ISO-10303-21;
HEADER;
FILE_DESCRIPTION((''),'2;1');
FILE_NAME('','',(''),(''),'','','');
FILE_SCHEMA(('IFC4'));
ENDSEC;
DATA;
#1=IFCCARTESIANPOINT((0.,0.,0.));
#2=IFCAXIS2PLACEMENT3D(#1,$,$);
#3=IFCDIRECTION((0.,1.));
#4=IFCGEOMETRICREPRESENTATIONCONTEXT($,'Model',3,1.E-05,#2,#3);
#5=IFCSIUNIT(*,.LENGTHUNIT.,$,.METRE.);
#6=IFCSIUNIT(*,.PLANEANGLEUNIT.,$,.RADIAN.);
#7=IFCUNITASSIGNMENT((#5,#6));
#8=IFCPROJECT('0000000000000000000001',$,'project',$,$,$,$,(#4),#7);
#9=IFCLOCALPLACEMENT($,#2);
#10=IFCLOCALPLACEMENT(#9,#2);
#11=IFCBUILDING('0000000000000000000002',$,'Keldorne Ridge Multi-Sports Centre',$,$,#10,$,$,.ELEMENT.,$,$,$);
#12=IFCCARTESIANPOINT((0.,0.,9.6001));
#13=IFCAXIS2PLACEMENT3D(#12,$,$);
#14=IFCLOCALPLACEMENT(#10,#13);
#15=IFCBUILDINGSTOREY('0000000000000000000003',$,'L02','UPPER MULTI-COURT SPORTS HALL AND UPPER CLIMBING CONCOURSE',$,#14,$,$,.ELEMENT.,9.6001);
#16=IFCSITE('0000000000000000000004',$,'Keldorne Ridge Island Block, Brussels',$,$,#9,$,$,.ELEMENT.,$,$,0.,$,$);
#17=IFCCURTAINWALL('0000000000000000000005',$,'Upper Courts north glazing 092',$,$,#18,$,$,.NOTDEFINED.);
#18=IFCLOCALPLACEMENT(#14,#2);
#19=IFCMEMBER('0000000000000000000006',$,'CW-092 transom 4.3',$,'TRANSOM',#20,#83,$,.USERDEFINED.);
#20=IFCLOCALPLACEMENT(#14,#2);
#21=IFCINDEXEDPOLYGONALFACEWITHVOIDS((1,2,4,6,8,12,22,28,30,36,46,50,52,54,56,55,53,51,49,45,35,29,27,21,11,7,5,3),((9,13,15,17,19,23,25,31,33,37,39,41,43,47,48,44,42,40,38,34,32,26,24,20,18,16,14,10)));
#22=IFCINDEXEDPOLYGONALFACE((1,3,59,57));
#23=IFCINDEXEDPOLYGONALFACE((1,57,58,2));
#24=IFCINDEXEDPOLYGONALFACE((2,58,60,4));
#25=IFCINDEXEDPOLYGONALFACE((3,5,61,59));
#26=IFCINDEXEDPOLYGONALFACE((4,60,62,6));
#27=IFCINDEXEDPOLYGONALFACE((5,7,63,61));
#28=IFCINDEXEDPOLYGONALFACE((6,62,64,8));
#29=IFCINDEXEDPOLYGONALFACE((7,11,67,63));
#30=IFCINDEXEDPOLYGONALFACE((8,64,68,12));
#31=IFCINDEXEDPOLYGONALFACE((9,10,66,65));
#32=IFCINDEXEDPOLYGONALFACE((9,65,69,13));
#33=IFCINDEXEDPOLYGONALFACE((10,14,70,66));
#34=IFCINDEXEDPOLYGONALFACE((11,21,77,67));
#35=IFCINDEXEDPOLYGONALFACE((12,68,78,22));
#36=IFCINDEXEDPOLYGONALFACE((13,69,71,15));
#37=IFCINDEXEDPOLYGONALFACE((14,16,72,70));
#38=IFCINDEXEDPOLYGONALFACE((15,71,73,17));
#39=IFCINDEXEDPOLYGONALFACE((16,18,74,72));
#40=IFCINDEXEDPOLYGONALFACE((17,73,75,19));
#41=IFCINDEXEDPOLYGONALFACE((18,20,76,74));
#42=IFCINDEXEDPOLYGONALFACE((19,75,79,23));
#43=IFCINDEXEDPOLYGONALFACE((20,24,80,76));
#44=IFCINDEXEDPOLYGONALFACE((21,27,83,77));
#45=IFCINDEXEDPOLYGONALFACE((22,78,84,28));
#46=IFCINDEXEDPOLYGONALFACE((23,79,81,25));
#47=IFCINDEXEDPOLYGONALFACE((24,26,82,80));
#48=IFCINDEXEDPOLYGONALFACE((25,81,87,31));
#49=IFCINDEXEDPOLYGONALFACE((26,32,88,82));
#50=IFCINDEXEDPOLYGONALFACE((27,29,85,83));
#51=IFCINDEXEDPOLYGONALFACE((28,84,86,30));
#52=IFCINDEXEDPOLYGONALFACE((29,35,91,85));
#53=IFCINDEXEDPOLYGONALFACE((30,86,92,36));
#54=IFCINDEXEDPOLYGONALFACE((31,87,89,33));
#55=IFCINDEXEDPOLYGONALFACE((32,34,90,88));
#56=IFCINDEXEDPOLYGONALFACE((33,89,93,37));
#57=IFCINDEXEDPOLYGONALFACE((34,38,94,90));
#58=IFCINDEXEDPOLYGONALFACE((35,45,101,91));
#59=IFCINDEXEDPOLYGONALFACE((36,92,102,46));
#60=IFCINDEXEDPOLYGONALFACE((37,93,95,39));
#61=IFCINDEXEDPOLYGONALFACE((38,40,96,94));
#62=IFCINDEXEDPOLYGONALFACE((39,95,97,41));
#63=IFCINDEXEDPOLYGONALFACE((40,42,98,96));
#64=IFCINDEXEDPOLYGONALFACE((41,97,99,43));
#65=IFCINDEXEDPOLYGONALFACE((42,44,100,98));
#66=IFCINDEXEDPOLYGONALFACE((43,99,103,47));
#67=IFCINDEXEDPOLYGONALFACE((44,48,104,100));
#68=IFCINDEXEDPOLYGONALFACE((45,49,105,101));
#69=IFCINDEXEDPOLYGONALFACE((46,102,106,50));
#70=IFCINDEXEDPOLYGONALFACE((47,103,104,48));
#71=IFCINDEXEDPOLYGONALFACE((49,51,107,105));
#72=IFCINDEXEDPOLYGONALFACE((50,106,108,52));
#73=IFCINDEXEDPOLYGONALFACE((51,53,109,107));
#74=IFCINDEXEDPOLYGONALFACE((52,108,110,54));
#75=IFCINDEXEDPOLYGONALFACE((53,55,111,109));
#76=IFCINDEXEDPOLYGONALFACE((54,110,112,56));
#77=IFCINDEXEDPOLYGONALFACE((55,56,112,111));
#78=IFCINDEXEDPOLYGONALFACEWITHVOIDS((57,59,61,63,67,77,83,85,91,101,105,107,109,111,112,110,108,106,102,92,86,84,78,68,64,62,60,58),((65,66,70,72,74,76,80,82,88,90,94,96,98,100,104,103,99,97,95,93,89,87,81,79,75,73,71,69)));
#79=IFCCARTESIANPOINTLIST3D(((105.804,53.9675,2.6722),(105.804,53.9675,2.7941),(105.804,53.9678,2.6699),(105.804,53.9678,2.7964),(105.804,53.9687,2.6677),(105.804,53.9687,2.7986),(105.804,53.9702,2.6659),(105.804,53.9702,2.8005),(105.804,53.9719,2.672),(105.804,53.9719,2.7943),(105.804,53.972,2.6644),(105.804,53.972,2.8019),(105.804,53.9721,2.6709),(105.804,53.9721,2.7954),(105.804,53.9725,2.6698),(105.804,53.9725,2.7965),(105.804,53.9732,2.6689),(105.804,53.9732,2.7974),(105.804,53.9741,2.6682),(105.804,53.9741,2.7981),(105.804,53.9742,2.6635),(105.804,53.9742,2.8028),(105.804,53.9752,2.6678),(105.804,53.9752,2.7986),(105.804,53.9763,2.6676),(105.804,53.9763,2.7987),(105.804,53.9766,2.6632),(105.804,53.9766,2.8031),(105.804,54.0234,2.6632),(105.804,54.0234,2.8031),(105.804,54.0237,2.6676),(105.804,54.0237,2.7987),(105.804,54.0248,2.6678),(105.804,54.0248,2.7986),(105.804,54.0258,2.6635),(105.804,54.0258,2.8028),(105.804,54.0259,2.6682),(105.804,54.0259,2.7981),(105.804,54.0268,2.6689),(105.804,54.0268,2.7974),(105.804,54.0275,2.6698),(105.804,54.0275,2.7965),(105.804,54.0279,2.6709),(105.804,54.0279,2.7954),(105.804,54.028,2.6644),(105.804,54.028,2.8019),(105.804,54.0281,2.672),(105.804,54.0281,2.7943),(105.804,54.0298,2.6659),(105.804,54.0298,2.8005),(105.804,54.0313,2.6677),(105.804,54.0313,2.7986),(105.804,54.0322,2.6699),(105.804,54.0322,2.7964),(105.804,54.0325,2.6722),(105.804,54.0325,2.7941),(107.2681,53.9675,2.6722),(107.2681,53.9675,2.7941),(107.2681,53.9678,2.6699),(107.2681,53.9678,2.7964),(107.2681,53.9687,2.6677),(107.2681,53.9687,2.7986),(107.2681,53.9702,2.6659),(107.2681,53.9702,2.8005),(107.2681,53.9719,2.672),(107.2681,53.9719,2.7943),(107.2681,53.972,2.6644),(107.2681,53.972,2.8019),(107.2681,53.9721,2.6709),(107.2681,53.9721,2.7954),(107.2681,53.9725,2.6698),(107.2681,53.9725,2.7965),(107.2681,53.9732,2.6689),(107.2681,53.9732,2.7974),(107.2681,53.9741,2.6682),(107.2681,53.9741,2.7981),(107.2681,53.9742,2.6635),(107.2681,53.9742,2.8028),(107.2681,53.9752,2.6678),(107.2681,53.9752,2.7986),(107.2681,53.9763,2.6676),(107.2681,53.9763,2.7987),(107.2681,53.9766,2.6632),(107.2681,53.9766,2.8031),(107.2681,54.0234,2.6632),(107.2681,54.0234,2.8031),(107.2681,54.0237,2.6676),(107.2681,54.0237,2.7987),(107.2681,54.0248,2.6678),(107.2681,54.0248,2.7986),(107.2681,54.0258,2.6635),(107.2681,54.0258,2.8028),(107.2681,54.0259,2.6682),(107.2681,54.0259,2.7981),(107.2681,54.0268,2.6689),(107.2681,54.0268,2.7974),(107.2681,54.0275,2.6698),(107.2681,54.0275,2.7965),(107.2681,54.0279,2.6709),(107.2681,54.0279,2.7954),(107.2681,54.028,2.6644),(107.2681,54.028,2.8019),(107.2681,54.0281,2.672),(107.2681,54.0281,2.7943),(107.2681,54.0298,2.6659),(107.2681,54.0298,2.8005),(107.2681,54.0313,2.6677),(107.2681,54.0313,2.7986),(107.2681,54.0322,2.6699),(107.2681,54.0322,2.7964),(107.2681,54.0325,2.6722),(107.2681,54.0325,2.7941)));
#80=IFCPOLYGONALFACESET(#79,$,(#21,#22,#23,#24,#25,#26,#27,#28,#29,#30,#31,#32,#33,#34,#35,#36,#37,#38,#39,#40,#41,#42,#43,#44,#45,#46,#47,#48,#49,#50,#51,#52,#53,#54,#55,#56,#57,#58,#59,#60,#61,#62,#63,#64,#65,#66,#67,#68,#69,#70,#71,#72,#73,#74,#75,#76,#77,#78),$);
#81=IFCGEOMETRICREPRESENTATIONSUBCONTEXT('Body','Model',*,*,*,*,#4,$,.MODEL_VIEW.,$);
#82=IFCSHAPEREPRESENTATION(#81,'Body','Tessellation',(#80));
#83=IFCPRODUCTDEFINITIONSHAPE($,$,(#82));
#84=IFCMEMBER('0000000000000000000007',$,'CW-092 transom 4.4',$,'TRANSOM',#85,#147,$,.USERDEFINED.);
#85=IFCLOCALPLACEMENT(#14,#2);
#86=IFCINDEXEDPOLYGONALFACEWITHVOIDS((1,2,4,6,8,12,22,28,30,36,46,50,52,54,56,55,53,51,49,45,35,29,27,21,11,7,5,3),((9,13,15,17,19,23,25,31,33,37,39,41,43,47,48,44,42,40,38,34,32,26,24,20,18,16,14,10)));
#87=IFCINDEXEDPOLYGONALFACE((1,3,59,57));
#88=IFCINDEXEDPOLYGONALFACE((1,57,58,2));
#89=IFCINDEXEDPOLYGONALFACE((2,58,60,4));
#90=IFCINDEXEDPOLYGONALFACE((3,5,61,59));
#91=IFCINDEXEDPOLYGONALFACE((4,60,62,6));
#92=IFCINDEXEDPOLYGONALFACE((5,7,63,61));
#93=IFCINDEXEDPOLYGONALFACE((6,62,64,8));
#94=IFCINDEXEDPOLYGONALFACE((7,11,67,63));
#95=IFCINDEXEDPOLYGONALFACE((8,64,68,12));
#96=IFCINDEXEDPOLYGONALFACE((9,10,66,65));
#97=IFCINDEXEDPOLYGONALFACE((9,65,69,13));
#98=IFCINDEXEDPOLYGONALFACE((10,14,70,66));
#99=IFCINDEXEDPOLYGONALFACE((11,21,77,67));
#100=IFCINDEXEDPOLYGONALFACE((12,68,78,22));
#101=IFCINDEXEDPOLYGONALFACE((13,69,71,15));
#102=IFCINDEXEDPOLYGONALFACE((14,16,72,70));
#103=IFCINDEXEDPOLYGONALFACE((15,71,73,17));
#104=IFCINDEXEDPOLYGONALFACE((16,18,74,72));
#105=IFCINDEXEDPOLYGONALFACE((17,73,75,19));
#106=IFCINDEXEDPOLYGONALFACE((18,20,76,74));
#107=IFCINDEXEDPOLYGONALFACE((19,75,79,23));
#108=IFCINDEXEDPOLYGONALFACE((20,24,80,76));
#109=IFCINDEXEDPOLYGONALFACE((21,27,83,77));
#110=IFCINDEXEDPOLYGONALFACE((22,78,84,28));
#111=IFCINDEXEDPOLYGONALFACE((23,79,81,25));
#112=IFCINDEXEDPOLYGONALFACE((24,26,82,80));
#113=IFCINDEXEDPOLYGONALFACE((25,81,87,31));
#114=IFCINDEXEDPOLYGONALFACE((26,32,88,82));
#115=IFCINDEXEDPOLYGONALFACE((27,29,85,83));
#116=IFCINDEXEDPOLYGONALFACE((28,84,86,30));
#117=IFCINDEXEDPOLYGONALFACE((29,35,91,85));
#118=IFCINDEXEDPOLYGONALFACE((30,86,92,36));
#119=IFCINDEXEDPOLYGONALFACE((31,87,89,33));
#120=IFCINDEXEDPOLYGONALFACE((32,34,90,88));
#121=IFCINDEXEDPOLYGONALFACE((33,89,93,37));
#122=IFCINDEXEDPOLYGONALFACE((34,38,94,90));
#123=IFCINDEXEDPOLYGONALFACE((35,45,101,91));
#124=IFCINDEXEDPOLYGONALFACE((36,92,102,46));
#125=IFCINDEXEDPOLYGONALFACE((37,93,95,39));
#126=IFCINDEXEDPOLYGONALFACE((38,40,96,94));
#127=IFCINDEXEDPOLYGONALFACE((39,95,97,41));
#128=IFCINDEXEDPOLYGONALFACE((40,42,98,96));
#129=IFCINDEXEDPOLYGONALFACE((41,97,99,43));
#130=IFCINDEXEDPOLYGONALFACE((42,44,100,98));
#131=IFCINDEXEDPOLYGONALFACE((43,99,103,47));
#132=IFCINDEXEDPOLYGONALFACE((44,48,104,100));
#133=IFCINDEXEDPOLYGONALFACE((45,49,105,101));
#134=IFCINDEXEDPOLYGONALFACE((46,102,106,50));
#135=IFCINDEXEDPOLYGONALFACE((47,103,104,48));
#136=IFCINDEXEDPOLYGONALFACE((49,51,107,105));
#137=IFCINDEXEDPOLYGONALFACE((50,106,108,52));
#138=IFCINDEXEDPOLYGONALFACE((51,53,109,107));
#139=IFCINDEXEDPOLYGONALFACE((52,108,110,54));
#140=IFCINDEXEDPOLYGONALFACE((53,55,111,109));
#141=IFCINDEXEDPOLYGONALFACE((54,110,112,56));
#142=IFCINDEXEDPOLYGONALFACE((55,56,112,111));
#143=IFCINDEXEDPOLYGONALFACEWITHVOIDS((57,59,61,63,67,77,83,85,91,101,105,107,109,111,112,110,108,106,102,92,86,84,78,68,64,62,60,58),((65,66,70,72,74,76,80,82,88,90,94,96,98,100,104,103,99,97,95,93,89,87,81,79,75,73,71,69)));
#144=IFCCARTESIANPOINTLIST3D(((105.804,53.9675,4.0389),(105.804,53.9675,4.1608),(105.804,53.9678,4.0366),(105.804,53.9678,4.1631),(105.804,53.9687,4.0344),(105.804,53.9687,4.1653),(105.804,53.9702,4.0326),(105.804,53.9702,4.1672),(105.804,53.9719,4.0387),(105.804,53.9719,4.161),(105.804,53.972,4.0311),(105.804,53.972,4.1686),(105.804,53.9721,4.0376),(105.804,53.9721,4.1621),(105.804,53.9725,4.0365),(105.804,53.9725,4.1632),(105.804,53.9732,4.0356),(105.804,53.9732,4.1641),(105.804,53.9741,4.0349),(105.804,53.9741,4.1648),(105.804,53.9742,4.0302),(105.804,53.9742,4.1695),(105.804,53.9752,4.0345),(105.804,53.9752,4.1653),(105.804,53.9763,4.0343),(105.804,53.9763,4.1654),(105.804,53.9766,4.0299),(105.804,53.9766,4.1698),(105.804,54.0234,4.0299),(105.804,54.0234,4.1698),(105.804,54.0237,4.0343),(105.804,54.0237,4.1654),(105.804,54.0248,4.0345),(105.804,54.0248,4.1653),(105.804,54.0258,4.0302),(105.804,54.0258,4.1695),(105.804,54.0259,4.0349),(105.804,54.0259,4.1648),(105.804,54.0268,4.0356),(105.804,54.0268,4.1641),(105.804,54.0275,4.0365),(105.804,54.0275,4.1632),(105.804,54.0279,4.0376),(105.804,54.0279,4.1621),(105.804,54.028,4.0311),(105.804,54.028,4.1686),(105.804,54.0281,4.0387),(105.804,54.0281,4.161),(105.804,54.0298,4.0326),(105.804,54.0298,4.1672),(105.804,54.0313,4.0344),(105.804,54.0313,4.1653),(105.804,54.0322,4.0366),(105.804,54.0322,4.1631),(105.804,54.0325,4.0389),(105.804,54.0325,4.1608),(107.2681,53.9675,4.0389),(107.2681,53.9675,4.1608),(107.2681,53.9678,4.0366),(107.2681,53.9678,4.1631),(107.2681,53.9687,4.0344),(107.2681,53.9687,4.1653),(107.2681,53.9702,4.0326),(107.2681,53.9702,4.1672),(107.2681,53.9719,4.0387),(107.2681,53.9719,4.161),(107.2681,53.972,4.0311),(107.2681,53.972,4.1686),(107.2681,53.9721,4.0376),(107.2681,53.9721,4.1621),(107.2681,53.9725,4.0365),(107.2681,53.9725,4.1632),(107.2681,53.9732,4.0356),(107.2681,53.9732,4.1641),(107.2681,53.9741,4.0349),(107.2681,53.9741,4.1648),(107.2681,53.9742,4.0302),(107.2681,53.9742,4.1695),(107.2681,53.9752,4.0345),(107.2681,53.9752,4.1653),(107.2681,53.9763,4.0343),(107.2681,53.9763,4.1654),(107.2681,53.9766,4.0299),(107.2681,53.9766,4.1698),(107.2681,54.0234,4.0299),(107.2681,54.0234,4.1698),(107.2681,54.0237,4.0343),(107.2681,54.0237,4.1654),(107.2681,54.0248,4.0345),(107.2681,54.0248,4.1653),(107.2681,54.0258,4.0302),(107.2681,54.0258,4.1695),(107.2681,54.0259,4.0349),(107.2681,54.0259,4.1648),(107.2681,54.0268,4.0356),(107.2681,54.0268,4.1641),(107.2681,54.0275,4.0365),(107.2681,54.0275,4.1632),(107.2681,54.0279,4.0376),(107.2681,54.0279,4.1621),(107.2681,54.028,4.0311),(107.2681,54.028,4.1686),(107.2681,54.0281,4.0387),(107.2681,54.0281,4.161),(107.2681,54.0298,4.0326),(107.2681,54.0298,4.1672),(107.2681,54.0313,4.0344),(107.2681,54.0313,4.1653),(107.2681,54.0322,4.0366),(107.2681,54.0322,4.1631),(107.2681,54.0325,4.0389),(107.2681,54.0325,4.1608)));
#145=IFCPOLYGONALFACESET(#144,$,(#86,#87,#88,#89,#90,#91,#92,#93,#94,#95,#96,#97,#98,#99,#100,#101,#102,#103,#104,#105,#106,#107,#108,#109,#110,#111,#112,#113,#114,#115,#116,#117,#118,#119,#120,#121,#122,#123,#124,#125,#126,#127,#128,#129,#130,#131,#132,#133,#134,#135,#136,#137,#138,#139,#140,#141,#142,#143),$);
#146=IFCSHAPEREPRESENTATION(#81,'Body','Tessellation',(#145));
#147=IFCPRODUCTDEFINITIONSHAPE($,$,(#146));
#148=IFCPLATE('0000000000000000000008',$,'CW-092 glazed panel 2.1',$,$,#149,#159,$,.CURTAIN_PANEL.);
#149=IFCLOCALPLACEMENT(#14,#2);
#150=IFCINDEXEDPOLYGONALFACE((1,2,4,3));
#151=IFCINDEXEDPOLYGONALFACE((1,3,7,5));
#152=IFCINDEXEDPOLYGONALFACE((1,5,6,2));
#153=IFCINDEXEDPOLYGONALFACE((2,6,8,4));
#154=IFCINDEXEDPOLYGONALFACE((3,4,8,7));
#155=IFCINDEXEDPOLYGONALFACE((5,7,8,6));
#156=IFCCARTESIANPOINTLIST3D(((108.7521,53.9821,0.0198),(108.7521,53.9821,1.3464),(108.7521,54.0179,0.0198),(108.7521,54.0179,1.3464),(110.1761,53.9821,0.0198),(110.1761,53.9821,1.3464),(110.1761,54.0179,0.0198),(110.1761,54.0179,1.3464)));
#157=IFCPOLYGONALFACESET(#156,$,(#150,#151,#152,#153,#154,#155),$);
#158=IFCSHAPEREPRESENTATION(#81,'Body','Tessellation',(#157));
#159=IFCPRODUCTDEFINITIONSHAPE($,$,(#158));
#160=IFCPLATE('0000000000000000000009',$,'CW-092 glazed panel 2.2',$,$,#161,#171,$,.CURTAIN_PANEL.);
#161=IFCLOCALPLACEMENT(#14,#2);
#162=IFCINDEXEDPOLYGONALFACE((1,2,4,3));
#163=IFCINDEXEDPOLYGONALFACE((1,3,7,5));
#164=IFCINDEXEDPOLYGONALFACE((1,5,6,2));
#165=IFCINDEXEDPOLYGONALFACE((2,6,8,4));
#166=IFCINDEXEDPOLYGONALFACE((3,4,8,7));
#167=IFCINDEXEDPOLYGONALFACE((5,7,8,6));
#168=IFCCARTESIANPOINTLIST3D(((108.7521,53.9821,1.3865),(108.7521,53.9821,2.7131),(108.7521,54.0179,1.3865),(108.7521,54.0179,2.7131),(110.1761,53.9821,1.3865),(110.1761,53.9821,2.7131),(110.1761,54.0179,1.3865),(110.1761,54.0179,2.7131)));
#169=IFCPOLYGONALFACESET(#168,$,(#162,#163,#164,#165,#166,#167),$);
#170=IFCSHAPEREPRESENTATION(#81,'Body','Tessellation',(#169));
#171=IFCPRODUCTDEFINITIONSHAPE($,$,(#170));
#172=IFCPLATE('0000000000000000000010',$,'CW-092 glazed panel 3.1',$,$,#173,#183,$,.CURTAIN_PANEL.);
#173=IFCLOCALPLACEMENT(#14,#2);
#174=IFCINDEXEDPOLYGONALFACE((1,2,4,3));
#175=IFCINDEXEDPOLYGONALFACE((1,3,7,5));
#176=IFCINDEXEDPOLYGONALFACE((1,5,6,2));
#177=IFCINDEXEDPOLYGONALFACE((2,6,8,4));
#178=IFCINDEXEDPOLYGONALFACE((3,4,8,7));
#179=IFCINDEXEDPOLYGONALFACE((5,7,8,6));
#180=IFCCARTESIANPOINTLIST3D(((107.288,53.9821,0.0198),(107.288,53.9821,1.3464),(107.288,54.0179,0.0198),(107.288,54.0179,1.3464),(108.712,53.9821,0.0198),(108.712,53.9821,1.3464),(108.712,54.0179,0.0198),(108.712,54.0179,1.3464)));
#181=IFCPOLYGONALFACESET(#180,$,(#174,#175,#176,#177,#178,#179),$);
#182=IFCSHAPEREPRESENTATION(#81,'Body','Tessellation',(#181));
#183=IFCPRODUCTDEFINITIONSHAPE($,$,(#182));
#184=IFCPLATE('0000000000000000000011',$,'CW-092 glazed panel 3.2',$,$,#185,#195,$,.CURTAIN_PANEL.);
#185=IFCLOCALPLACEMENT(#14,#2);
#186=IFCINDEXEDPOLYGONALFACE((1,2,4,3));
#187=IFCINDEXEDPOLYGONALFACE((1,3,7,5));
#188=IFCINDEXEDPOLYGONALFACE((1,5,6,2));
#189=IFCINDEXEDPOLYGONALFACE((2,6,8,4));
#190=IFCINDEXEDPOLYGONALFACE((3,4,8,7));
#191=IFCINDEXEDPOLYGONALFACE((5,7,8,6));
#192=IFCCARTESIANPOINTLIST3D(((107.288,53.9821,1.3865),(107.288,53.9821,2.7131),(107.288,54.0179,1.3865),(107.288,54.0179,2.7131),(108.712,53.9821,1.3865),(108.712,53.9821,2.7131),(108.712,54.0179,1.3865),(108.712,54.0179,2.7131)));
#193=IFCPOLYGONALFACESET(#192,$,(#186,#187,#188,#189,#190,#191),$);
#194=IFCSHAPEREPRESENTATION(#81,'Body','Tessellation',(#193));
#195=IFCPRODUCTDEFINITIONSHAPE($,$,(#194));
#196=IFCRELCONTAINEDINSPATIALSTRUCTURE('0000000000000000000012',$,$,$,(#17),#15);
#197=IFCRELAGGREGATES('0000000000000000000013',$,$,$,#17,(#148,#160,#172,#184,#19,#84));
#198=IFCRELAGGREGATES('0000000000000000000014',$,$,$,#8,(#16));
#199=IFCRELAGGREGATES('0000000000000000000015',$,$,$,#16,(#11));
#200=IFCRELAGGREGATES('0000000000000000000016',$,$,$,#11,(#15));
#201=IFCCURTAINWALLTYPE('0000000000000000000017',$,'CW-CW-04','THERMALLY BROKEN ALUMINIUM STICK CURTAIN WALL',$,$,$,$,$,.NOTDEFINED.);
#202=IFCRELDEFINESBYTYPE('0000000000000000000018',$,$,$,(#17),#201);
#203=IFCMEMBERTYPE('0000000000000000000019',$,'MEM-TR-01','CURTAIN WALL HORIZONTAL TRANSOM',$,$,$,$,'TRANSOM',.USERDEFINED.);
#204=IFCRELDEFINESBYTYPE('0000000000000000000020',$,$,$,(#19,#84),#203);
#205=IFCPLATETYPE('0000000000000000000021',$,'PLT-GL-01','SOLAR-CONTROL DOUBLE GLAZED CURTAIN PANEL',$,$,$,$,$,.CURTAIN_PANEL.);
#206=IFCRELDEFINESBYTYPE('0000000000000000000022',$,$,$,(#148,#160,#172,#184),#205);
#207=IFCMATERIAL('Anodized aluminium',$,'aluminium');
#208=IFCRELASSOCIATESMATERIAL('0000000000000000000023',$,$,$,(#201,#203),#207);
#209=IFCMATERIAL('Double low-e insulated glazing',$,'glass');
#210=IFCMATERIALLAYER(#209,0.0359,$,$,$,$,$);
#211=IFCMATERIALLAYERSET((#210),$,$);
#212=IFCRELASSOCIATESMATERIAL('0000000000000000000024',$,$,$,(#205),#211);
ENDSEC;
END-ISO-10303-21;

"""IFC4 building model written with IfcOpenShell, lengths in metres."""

from ifc_helpers import new_model, si_unit, direction, frame, origin, origin_2d, place, context, subcontext, project, spatial, rectangle, hollow_rectangle, extrude, material, layer, layer_set, material_profile, profile_set, type_object, element, aggregate, save


model = new_model("IFC4")

# Units and contexts
model_context = context("Model", 3, precision=1e-05, world=origin(), true_north=direction((0.0, 1.0)))
body_context = subcontext(model_context, "Body", "Model", "MODEL_VIEW")
ifc_project = project(units=[si_unit("LENGTHUNIT", "METRE"), si_unit("PLANEANGLEUNIT", "RADIAN")], contexts=[model_context])

# Site, building, storey
site_placement = place(None, origin())
site = spatial("IfcSite", under=ifc_project, at=site_placement, Name="Keldorne Ridge Island Block, Brussels", CompositionType="ELEMENT", RefElevation=0.0)
building_placement = place(site_placement, origin())
building = spatial("IfcBuilding", under=site, at=building_placement, Name="Keldorne Ridge Multi-Sports Centre", CompositionType="ELEMENT")
storey_placement = place(building_placement, frame((0.0, 0.0, 9.6001)))
storey = spatial("IfcBuildingStorey", under=building, at=storey_placement, Name="L02", Description="UPPER MULTI-COURT SPORTS HALL AND UPPER CLIMBING CONCOURSE", CompositionType="ELEMENT", Elevation=9.6001)

# Curtain wall, members, plates
ifc_material_1 = material(Name="Anodized aluminium", Category="aluminium")
curtain_wall_type = type_object("IfcCurtainWallType", Name="CW-CW-04", Description="THERMALLY BROKEN ALUMINIUM STICK CURTAIN WALL", PredefinedType="NOTDEFINED", material=ifc_material_1)
curtain_wall_placement = place(storey_placement, origin())
curtain_wall = element("IfcCurtainWall", 1, at=curtain_wall_placement, inside=storey, type_object=curtain_wall_type, Name="Upper Courts north glazing 092", PredefinedType="NOTDEFINED")
ifc_material_profile_1 = material_profile(ifc_material_1, hollow_rectangle(XDim=0.0649, YDim=0.1399, WallThickness=0.0044, InnerFilletRadius=0.0044, OuterFilletRadius=0.009, at=origin_2d()), Name="ALU TRANSOM 140x65x4.5")
ifc_profile_set_1 = profile_set([ifc_material_profile_1], Name="Anodized aluminium")
member_type_1 = type_object("IfcMemberType", Name="MEM-TR-01", Description="CURTAIN WALL HORIZONTAL TRANSOM", ElementType="TRANSOM", PredefinedType="USERDEFINED", material=ifc_profile_set_1)
member_1_placement = place(storey_placement, frame((107.2681, 54.0, 2.7332), z_axis=(-1.0, 0.0, 0.0), x_axis=(0.0, -1.0, 0.0)))
member_1 = element("IfcMember", 2, at=member_1_placement, type_object=member_type_1, Name="CW-092 transom 4.3", ObjectType="TRANSOM", PredefinedType="USERDEFINED", context=body_context, shape_type="SweptSolid", body=[
    extrude(hollow_rectangle(XDim=0.0649, YDim=0.1399, WallThickness=0.0044, InnerFilletRadius=0.0044, OuterFilletRadius=0.009, at=origin_2d()), origin(), (0.0, 0.0, 1.0), 1.4641),
])
member_2_placement = place(storey_placement, frame((107.2681, 54.0, 4.0999), z_axis=(-1.0, 0.0, 0.0), x_axis=(0.0, -1.0, 0.0)))
member_2 = element("IfcMember", 3, at=member_2_placement, type_object=member_type_1, Name="CW-092 transom 4.4", ObjectType="TRANSOM", PredefinedType="USERDEFINED", context=body_context, shape_type="SweptSolid", body=[
    extrude(hollow_rectangle(XDim=0.0649, YDim=0.1399, WallThickness=0.0044, InnerFilletRadius=0.0044, OuterFilletRadius=0.009, at=origin_2d()), origin(), (0.0, 0.0, 1.0), 1.4641),
])
ifc_material_2 = material(Name="Double low-e insulated glazing", Category="glass")
ifc_layer = layer(ifc_material_2, 0.0359)
ifc_layer_set = layer_set([ifc_layer])
plate_type = type_object("IfcPlateType", Name="PLT-GL-01", Description="SOLAR-CONTROL DOUBLE GLAZED CURTAIN PANEL", PredefinedType="CURTAIN_PANEL", material=ifc_layer_set)
plate_1_placement = place(storey_placement, frame((109.4641, 54.0, 0.0198), z_axis=(0.0, 0.0, 1.0), x_axis=(-1.0, 0.0, 0.0)))
plate_1 = element("IfcPlate", 4, at=plate_1_placement, type_object=plate_type, Name="CW-092 glazed panel 2.1", PredefinedType="CURTAIN_PANEL", context=body_context, shape_type="SweptSolid", body=[
    extrude(rectangle(XDim=1.4241, YDim=0.0359, at=origin_2d()), origin(), (0.0, 0.0, 1.0), 1.3267),
])
plate_2_placement = place(storey_placement, frame((109.4641, 54.0, 1.3865), z_axis=(0.0, 0.0, 1.0), x_axis=(-1.0, 0.0, 0.0)))
plate_2 = element("IfcPlate", 5, at=plate_2_placement, type_object=plate_type, Name="CW-092 glazed panel 2.2", PredefinedType="CURTAIN_PANEL", context=body_context, shape_type="SweptSolid", body=[
    extrude(rectangle(XDim=1.4241, YDim=0.0359, at=origin_2d()), origin(), (0.0, 0.0, 1.0), 1.3267),
])
plate_3_placement = place(storey_placement, frame((108.0, 54.0, 0.0198), z_axis=(0.0, 0.0, 1.0), x_axis=(-1.0, 0.0, 0.0)))
plate_3 = element("IfcPlate", 6, at=plate_3_placement, type_object=plate_type, Name="CW-092 glazed panel 3.1", PredefinedType="CURTAIN_PANEL", context=body_context, shape_type="SweptSolid", body=[
    extrude(rectangle(XDim=1.4241, YDim=0.0359, at=origin_2d()), origin(), (0.0, 0.0, 1.0), 1.3267),
])
plate_4_placement = place(storey_placement, frame((108.0, 54.0, 1.3865), z_axis=(0.0, 0.0, 1.0), x_axis=(-1.0, 0.0, 0.0)))
plate_4 = element("IfcPlate", 7, at=plate_4_placement, type_object=plate_type, Name="CW-092 glazed panel 3.2", PredefinedType="CURTAIN_PANEL", context=body_context, shape_type="SweptSolid", body=[
    extrude(rectangle(XDim=1.4241, YDim=0.0359, at=origin_2d()), origin(), (0.0, 0.0, 1.0), 1.3267),
])
aggregate(curtain_wall, [plate_1, plate_2, plate_3, plate_4, member_1, member_2])

save(model, "model.ifc")
